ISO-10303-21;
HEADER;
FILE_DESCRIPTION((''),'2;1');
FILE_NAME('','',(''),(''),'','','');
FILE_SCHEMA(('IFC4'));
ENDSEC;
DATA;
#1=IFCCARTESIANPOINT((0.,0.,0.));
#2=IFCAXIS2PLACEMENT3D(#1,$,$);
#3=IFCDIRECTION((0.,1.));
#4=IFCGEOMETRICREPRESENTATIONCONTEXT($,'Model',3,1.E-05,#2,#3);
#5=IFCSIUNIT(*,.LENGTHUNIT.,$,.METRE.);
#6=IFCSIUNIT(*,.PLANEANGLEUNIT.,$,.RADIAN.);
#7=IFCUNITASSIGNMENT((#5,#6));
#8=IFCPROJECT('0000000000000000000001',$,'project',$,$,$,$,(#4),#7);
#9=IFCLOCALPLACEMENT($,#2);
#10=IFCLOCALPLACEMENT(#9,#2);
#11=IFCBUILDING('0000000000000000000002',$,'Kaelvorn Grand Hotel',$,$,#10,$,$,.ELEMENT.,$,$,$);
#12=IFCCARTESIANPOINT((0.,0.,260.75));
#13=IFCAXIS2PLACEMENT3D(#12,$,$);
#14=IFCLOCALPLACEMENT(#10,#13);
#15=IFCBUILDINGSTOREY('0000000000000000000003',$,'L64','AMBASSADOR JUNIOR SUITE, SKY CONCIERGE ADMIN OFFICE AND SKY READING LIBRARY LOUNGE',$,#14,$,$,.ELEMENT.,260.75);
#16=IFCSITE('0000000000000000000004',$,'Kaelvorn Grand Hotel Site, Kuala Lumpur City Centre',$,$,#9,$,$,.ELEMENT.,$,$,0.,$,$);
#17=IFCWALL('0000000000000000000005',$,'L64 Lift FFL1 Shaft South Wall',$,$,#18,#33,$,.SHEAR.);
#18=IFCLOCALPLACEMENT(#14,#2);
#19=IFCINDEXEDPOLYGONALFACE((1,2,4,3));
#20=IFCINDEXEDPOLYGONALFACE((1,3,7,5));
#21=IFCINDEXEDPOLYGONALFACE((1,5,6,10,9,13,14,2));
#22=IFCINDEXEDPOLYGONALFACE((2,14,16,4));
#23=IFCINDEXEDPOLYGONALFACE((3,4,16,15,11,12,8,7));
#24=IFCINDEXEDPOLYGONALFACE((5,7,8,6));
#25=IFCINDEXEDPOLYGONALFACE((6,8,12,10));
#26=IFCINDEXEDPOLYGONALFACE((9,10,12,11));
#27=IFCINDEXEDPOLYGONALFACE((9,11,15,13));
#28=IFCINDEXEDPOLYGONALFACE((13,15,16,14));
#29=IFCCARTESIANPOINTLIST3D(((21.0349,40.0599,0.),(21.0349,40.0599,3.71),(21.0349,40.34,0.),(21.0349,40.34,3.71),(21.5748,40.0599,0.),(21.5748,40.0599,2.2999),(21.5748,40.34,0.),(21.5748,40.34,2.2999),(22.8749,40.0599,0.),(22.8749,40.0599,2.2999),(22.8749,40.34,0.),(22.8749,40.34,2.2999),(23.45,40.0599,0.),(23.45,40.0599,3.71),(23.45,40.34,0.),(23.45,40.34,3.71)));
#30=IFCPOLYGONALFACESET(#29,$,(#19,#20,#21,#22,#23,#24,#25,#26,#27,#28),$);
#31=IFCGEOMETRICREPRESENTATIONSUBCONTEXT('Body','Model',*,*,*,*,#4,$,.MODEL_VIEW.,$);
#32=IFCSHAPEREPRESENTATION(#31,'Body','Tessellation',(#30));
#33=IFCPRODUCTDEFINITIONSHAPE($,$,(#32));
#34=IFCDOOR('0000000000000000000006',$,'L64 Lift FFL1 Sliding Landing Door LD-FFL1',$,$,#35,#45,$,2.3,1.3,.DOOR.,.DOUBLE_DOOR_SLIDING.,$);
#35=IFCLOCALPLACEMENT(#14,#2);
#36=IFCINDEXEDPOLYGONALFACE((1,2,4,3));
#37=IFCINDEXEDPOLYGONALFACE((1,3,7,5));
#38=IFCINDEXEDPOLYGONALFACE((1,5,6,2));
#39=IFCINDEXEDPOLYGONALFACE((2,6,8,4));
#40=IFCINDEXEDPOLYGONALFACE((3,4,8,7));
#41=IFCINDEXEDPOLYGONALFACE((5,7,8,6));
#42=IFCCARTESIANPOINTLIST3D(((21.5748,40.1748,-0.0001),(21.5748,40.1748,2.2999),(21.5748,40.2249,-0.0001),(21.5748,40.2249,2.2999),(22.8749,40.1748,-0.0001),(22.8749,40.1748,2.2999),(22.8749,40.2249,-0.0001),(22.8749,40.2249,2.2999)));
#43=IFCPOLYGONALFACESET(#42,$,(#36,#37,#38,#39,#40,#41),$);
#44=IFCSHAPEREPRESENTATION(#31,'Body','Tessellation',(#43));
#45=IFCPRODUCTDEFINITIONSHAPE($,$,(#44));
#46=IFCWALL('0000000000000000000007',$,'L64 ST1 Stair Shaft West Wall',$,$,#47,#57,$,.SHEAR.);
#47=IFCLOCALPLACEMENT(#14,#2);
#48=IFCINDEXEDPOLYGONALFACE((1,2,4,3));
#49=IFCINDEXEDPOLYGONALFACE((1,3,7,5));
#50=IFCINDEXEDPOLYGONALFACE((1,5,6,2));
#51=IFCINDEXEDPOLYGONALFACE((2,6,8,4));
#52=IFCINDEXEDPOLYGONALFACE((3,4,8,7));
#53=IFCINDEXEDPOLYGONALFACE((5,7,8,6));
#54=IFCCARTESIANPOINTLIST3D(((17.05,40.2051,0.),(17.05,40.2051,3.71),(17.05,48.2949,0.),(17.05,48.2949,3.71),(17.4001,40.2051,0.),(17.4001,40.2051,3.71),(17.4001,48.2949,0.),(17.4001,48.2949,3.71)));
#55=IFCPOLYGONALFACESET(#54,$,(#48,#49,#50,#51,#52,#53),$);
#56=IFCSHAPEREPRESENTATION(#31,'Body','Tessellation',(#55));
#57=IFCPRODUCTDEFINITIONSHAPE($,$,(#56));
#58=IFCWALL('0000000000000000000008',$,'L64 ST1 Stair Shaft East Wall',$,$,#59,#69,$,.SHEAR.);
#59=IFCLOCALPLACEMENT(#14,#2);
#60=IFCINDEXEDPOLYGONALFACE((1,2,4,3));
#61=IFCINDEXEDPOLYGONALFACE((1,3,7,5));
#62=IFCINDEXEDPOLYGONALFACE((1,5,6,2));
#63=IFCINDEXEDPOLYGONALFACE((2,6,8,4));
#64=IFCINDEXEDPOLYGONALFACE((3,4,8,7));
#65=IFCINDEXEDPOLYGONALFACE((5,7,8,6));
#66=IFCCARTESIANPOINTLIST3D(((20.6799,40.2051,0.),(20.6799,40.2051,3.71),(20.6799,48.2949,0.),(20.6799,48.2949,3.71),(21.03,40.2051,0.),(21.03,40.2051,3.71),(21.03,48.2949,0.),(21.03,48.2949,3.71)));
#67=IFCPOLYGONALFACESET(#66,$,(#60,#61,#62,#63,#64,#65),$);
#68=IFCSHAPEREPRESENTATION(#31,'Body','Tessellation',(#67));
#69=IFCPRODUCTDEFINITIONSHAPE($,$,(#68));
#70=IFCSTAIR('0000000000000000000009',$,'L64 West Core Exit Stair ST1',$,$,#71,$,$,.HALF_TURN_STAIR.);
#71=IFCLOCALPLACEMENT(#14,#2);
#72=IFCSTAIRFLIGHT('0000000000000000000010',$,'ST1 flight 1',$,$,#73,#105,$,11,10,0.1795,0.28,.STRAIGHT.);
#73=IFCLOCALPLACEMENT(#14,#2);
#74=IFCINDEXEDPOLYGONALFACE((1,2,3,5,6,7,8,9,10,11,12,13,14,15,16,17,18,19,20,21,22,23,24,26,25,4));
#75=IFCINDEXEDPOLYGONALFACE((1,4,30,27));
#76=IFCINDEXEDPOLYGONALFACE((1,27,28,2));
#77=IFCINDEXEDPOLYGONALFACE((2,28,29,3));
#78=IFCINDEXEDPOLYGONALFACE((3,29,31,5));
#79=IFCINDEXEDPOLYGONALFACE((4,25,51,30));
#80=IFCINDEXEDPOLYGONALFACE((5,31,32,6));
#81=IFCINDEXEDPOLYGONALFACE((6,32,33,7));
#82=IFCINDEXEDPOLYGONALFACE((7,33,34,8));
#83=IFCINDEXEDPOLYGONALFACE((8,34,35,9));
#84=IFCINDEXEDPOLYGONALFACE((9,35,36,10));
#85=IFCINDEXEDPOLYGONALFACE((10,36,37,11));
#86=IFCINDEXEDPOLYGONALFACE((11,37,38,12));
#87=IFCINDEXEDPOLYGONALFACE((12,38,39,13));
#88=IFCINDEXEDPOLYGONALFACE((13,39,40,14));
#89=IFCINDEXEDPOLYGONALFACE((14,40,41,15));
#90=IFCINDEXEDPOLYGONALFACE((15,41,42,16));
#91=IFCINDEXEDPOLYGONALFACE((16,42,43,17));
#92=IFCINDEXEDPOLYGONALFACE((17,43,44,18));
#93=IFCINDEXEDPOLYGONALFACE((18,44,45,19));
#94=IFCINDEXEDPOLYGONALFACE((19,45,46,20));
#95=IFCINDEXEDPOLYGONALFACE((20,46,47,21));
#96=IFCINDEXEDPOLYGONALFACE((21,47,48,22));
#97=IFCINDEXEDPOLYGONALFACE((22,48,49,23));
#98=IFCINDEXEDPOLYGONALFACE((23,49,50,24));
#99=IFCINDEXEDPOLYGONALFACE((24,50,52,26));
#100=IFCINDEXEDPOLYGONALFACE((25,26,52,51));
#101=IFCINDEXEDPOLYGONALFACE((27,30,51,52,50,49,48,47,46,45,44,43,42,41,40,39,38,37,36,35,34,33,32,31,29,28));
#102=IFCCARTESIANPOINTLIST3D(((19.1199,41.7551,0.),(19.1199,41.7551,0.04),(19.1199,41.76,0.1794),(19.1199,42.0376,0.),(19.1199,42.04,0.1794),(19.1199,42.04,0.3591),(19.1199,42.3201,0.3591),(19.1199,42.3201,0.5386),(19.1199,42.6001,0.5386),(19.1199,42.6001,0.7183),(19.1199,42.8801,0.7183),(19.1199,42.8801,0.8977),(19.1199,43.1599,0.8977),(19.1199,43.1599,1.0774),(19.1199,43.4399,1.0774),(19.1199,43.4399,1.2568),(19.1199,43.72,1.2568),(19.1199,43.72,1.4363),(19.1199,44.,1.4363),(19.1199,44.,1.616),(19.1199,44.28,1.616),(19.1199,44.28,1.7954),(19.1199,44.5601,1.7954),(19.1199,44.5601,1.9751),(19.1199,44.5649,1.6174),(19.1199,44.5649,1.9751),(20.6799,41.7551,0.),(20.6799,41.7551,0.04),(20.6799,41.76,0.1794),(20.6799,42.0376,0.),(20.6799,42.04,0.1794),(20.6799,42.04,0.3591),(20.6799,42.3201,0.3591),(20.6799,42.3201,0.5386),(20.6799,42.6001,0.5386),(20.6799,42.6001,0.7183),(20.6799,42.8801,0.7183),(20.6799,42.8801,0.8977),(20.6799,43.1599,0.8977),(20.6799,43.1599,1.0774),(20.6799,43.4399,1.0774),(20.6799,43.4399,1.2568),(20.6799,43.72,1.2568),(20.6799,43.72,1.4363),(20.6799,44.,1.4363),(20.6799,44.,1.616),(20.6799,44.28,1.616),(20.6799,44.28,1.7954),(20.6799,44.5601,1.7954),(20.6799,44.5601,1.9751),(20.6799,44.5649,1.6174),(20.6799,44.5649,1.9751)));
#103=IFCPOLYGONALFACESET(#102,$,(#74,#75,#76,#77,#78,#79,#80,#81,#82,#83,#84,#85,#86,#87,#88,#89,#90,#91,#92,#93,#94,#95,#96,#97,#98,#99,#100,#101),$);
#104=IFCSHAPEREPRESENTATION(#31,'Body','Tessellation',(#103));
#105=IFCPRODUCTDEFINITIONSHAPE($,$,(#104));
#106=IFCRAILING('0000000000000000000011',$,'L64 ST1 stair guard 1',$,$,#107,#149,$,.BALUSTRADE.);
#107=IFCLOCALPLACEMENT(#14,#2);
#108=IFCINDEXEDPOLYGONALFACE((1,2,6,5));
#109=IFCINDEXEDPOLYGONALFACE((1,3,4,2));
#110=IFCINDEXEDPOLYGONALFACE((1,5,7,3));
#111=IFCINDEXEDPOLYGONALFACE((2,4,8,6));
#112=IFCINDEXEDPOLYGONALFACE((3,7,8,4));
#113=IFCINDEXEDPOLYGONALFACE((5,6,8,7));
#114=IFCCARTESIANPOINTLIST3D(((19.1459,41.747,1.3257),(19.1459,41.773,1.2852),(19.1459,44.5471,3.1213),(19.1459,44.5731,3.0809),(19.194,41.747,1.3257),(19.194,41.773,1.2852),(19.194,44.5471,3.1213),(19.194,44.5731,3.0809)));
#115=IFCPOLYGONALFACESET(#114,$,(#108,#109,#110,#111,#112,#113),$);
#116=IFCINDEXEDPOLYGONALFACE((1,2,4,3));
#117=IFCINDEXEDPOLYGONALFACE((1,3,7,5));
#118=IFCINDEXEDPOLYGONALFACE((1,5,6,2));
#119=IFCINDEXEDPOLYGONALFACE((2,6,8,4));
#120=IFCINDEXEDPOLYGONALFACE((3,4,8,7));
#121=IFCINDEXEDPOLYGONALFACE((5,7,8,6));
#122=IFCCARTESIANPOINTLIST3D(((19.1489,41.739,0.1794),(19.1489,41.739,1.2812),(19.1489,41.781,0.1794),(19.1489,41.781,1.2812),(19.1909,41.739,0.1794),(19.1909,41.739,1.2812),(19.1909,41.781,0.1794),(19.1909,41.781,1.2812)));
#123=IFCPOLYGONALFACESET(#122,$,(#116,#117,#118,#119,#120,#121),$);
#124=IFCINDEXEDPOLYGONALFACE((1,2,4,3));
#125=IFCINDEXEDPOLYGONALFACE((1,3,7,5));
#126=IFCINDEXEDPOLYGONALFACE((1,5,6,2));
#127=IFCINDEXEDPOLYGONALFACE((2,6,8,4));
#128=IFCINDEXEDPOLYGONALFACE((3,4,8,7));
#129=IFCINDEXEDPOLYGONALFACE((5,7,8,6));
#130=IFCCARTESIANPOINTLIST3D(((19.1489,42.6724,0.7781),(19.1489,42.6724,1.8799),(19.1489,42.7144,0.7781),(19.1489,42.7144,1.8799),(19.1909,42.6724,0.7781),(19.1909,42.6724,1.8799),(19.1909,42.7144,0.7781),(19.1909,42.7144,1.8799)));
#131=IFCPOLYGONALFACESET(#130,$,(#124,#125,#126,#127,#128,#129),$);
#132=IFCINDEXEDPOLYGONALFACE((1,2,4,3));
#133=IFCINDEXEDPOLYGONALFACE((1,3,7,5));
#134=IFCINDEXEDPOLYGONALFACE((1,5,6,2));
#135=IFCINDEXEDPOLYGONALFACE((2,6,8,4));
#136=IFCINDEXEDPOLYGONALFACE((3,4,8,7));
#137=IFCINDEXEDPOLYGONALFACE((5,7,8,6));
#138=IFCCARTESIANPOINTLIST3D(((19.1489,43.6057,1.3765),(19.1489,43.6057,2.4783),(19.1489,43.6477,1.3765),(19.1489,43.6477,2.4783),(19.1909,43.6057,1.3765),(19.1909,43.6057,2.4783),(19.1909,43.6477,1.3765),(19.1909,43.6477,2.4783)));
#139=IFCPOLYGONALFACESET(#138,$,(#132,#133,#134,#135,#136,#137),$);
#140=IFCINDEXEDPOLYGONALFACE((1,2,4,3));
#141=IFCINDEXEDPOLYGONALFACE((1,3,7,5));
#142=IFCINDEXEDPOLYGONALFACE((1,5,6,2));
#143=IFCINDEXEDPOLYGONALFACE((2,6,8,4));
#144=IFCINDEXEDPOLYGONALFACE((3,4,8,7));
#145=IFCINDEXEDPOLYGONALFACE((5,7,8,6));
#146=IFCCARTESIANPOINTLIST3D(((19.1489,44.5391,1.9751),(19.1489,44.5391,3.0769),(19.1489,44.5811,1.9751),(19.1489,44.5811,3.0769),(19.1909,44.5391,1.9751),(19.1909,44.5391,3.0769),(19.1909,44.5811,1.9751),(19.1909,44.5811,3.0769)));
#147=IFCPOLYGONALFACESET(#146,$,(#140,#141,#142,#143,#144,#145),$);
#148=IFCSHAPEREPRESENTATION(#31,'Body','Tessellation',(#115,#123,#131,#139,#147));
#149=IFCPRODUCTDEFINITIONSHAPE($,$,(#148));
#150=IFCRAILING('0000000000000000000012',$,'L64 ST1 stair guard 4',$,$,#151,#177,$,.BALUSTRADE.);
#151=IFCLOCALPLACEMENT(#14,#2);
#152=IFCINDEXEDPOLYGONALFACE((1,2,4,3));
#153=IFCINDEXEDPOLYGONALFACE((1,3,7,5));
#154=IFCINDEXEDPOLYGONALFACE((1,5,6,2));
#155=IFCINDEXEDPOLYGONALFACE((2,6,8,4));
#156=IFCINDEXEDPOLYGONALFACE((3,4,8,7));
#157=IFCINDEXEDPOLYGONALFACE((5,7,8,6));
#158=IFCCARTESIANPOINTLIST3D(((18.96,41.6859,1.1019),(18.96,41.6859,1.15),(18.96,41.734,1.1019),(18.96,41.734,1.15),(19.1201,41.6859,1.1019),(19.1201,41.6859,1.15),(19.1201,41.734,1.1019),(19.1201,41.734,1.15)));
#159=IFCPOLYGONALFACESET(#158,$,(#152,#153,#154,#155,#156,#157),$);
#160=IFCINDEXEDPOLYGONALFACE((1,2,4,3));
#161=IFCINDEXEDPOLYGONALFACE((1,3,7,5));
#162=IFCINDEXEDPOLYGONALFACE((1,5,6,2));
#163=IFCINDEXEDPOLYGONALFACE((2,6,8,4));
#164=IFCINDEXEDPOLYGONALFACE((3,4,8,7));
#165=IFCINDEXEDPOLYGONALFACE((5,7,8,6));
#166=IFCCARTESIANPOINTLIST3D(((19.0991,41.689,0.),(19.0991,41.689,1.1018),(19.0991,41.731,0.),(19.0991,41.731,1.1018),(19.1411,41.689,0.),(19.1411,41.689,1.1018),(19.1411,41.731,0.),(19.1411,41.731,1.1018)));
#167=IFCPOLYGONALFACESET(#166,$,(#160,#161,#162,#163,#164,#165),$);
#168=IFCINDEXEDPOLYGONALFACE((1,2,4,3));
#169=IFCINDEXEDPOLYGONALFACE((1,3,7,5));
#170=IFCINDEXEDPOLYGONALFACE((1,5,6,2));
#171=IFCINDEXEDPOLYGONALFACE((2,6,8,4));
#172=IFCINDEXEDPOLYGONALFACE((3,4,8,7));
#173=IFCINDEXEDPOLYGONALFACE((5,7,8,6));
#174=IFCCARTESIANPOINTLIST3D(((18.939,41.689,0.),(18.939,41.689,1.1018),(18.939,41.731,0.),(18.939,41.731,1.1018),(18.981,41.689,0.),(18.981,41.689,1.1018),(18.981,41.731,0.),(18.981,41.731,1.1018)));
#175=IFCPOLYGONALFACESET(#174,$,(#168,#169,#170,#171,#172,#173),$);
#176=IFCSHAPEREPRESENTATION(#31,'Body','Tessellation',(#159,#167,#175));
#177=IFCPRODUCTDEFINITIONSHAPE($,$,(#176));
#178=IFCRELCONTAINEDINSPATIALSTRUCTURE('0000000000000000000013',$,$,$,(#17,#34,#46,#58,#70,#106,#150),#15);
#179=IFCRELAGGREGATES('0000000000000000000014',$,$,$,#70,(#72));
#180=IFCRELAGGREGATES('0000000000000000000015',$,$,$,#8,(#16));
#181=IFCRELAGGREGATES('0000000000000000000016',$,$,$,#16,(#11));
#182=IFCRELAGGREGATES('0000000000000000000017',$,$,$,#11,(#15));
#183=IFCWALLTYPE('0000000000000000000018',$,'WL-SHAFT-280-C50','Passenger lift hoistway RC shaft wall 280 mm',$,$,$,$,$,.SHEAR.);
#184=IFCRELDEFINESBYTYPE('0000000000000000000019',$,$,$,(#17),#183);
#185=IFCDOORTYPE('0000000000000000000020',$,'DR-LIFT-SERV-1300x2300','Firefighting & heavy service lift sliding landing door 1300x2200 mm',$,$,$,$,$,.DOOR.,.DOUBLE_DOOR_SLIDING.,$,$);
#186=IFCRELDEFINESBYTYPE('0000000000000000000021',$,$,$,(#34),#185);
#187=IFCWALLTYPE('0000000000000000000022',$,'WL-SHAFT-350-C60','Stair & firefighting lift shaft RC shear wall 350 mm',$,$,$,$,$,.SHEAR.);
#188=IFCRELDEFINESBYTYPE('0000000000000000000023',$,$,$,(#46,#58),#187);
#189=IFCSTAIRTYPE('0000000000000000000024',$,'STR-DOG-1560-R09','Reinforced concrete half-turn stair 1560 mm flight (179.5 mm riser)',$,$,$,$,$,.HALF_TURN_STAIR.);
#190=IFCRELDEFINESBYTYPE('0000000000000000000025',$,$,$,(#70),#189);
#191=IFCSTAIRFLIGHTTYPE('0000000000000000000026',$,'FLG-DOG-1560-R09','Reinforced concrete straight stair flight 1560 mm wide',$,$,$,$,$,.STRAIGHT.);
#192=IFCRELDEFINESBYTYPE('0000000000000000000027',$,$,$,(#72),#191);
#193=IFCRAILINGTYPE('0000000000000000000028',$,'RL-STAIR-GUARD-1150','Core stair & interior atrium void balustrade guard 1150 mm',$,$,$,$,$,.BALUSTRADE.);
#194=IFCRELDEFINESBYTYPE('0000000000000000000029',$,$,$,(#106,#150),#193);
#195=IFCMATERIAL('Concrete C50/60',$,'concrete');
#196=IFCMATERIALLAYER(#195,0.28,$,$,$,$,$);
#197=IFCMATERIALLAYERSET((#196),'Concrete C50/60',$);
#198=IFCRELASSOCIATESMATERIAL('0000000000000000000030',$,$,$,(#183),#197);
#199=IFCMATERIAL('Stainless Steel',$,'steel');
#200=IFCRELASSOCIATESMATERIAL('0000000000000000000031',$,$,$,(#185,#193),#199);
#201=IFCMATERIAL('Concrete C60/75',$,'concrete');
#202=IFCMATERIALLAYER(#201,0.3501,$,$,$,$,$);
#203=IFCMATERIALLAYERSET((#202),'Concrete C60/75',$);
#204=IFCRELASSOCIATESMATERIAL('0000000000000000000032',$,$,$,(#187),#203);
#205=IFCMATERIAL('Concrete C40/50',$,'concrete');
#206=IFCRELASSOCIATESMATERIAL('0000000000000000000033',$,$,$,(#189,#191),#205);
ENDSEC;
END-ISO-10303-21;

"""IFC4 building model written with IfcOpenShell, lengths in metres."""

from ifc_helpers import new_model, si_unit, direction, frame, frame_2d, origin, origin_2d, place, context, subcontext, project, spatial, polyline, rectangle, outline, extrude, material, layer, layer_set, type_object, element, fill, aggregate, save


model = new_model("IFC4")

# Units and contexts
model_context = context("Model", 3, precision=1e-05, world=origin(), true_north=direction((0.0, 1.0)))
body_context = subcontext(model_context, "Body", "Model", "MODEL_VIEW")
ifc_project = project(units=[si_unit("LENGTHUNIT", "METRE"), si_unit("PLANEANGLEUNIT", "RADIAN")], contexts=[model_context])

# Site, building, storey
site_placement = place(None, origin())
site = spatial("IfcSite", under=ifc_project, at=site_placement, Name="Kaelvorn Grand Hotel Site, Kuala Lumpur City Centre", CompositionType="ELEMENT", RefElevation=0.0)
building_placement = place(site_placement, origin())
building = spatial("IfcBuilding", under=site, at=building_placement, Name="Kaelvorn Grand Hotel", CompositionType="ELEMENT")
storey_placement = place(building_placement, frame((0.0, 0.0, 260.75)))
storey = spatial("IfcBuildingStorey", under=building, at=storey_placement, Name="L64", Description="AMBASSADOR JUNIOR SUITE, SKY CONCIERGE ADMIN OFFICE AND SKY READING LIBRARY LOUNGE", CompositionType="ELEMENT", Elevation=260.75)

# Shared definitions
ifc_material_1 = material(Name="Concrete C50/60", Category="concrete")

# Shared definitions
ifc_material_2 = material(Name="Concrete C40/50", Category="concrete")

# Wall, opening, door
ifc_layer_1 = layer(ifc_material_1, 0.28)
ifc_layer_set_1 = layer_set([ifc_layer_1], Name="Concrete C50/60")
wall_type_1 = type_object("IfcWallType", Name="WL-SHAFT-280-C50", Description="Passenger lift hoistway RC shaft wall 280 mm", PredefinedType="SHEAR", material=ifc_layer_set_1)
wall_1_placement = place(storey_placement, frame((21.0349, 40.2, 0.0), z_axis=(0.0, 0.0, 1.0), x_axis=(1.0, 0.0, 0.0)))
wall_1 = element("IfcWall", 1, at=wall_1_placement, inside=storey, type_object=wall_type_1, Name="L64 Lift FFL1 Shaft South Wall", PredefinedType="SHEAR", context=body_context, shape_type="SweptSolid", body=[
    extrude(rectangle(XDim=2.415, YDim=0.28, at=frame_2d((1.2075, 0.0))), origin(), (0.0, 0.0, 1.0), 3.71),
])
opening_1_placement = place(wall_1_placement, frame((0.54, 0.0, 0.0)))
opening_1 = element("IfcOpeningElement", 2, at=opening_1_placement, cuts=wall_1, PredefinedType="OPENING", context=body_context, shape_type="SweptSolid", body=[
    extrude(rectangle(XDim=1.3, YDim=2.3, at=frame_2d((0.6499, 1.1499))), frame((0.0, 0.1499, 0.0), z_axis=(0.0, -1.0, 0.0), x_axis=(1.0, 0.0, 0.0)), (0.0, 0.0, 1.0), 0.3),
])
ifc_material_3 = material(Name="Stainless Steel", Category="steel")
door_type_1 = type_object("IfcDoorType", Name="DR-LIFT-SERV-1300x2300", Description="Firefighting & heavy service lift sliding landing door 1300x2200 mm", OperationType="DOUBLE_DOOR_SLIDING", PredefinedType="DOOR", material=ifc_material_3)
door_1_placement = place(opening_1_placement, origin())
door_1 = element("IfcDoor", 3, at=door_1_placement, inside=storey, type_object=door_type_1, Name="L64 Lift FFL1 Sliding Landing Door LD-FFL1", OperationType="DOUBLE_DOOR_SLIDING", OverallHeight=2.3, OverallWidth=1.3, PredefinedType="DOOR", context=body_context, shape_type="SweptSolid", body=[
    extrude(rectangle(XDim=1.3, YDim=2.3, at=frame_2d((0.6499, 1.1499))), frame((0.0, 0.0249, 0.0), z_axis=(0.0, -1.0, 0.0), x_axis=(1.0, 0.0, 0.0)), (0.0, 0.0, 1.0), 0.05),
])
fill(opening_1, door_1)
ifc_material_4 = material(Name="Concrete C60/75", Category="concrete")
ifc_layer_2 = layer(ifc_material_4, 0.3501)
ifc_layer_set_2 = layer_set([ifc_layer_2], Name="Concrete C60/75")
wall_type_2 = type_object("IfcWallType", Name="WL-SHAFT-350-C60", Description="Stair & firefighting lift shaft RC shear wall 350 mm", PredefinedType="SHEAR", material=ifc_layer_set_2)

# Walls
for number, where, z_axis, x_axis, name in (
    (4, (17.2251, 40.2051, 0.0), (0.0, 0.0, 1.0), (0.0, 1.0, 0.0), "L64 ST1 Stair Shaft West Wall"),
    (5, (20.855, 40.2051, 0.0), (0.0, 0.0, 1.0), (0.0, 1.0, 0.0), "L64 ST1 Stair Shaft East Wall"),
):
    element("IfcWall", number, at=place(storey_placement, frame(where, z_axis=z_axis, x_axis=x_axis)), inside=storey, type_object=wall_type_2, Name=name, PredefinedType="SHEAR", context=body_context, shape_type="SweptSolid", body=[
        extrude(rectangle(XDim=8.0898, YDim=0.3501, at=frame_2d((4.0449, 0.0))), origin(), (0.0, 0.0, 1.0), 3.71),
    ])

# Stair, stair flight
stair_type = type_object("IfcStairType", Name="STR-DOG-1560-R09", Description="Reinforced concrete half-turn stair 1560 mm flight (179.5 mm riser)", PredefinedType="HALF_TURN_STAIR", material=ifc_material_2)
stair_placement = place(storey_placement, origin())
stair = element("IfcStair", 6, at=stair_placement, inside=storey, type_object=stair_type, Name="L64 West Core Exit Stair ST1", PredefinedType="HALF_TURN_STAIR")
stair_flight_type = type_object("IfcStairFlightType", Name="FLG-DOG-1560-R09", Description="Reinforced concrete straight stair flight 1560 mm wide", PredefinedType="STRAIGHT", material=ifc_material_2)
stair_flight_placement = place(storey_placement, frame((19.8999, 41.76, 0.0), z_axis=(0.0, 0.0, 1.0), x_axis=(0.0, 1.0, 0.0)))
stair_flight = element("IfcStairFlight", 7, at=stair_flight_placement, type_object=stair_flight_type, Name="ST1 flight 1", NumberOfRisers=11, NumberOfTreads=10, PredefinedType="STRAIGHT", RiserHeight=0.1795, TreadLength=0.28, context=body_context, shape_type="SweptSolid", body=[
    extrude(outline(polyline([(-0.0049, 0.0), (-0.0049, 0.04), (0.0, 0.1794), (0.28, 0.1794), (0.28, 0.3591), (0.5601, 0.3591), (0.5601, 0.5386), (0.8401, 0.5386), (0.8401, 0.7183), (1.1201, 0.7183), (1.1201, 0.8977), (1.3999, 0.8977), (1.3999, 1.0774), (1.6799, 1.0774), (1.6799, 1.2568), (1.96, 1.2568), (1.96, 1.4363), (2.24, 1.4363), (2.24, 1.616), (2.52, 1.616), (2.52, 1.7954), (2.8, 1.7954), (2.8, 1.9751), (2.8049, 1.9751), (2.8049, 1.6174), (0.2776, 0.0), (-0.0049, 0.0)])), frame((0.0, 0.78, 0.0), z_axis=(0.0, -1.0, 0.0), x_axis=(1.0, 0.0, 0.0)), (0.0, 0.0, 1.0), 1.5601),
])
aggregate(stair, [stair_flight])

# Railings
railing_type = type_object("IfcRailingType", Name="RL-STAIR-GUARD-1150", Description="Core stair & interior atrium void balustrade guard 1150 mm", PredefinedType="BALUSTRADE", material=ifc_material_3)
railing_1_placement = place(storey_placement, frame((19.1699, 41.76, 0.1794)))
element("IfcRailing", 8, at=railing_1_placement, inside=storey, type_object=railing_type, Name="L64 ST1 stair guard 1", PredefinedType="BALUSTRADE", context=body_context, shape_type="SweptSolid", body=[
    extrude(rectangle(XDim=0.0481, YDim=0.0481, at=origin_2d()), frame((0.0, 0.0, 1.126), z_axis=(0.0, 0.841777, 0.539826), x_axis=(-1.0, 0.0, 0.0)), (0.0, 0.0, 1.0), 3.3264),
    extrude(rectangle(XDim=0.042, YDim=0.042, at=origin_2d()), origin(), (0.0, 0.0, 1.0), 1.1018),
    extrude(rectangle(XDim=0.042, YDim=0.042, at=origin_2d()), frame((0.0, 0.9333, 0.5986)), (0.0, 0.0, 1.0), 1.1018),
    extrude(rectangle(XDim=0.042, YDim=0.042, at=origin_2d()), frame((0.0, 1.8667, 1.197)), (0.0, 0.0, 1.0), 1.1018),
    extrude(rectangle(XDim=0.042, YDim=0.042, at=origin_2d()), frame((0.0, 2.8, 1.7957)), (0.0, 0.0, 1.0), 1.1018),
])
railing_2_placement = place(storey_placement, frame((19.1201, 41.71, 0.0)))
element("IfcRailing", 9, at=railing_2_placement, inside=storey, type_object=railing_type, Name="L64 ST1 stair guard 4", PredefinedType="BALUSTRADE", context=body_context, shape_type="SweptSolid", body=[
    extrude(rectangle(XDim=0.0481, YDim=0.0481, at=origin_2d()), frame((0.0, 0.0, 1.126), z_axis=(-1.0, 0.0, 0.0), x_axis=(0.0, -1.0, 0.0)), (0.0, 0.0, 1.0), 0.1602),
    extrude(rectangle(XDim=0.042, YDim=0.042, at=origin_2d()), origin(), (0.0, 0.0, 1.0), 1.1018),
    extrude(rectangle(XDim=0.042, YDim=0.042, at=origin_2d()), frame((-0.1602, 0.0, 0.0)), (0.0, 0.0, 1.0), 1.1018),
])

save(model, "model.ifc")
